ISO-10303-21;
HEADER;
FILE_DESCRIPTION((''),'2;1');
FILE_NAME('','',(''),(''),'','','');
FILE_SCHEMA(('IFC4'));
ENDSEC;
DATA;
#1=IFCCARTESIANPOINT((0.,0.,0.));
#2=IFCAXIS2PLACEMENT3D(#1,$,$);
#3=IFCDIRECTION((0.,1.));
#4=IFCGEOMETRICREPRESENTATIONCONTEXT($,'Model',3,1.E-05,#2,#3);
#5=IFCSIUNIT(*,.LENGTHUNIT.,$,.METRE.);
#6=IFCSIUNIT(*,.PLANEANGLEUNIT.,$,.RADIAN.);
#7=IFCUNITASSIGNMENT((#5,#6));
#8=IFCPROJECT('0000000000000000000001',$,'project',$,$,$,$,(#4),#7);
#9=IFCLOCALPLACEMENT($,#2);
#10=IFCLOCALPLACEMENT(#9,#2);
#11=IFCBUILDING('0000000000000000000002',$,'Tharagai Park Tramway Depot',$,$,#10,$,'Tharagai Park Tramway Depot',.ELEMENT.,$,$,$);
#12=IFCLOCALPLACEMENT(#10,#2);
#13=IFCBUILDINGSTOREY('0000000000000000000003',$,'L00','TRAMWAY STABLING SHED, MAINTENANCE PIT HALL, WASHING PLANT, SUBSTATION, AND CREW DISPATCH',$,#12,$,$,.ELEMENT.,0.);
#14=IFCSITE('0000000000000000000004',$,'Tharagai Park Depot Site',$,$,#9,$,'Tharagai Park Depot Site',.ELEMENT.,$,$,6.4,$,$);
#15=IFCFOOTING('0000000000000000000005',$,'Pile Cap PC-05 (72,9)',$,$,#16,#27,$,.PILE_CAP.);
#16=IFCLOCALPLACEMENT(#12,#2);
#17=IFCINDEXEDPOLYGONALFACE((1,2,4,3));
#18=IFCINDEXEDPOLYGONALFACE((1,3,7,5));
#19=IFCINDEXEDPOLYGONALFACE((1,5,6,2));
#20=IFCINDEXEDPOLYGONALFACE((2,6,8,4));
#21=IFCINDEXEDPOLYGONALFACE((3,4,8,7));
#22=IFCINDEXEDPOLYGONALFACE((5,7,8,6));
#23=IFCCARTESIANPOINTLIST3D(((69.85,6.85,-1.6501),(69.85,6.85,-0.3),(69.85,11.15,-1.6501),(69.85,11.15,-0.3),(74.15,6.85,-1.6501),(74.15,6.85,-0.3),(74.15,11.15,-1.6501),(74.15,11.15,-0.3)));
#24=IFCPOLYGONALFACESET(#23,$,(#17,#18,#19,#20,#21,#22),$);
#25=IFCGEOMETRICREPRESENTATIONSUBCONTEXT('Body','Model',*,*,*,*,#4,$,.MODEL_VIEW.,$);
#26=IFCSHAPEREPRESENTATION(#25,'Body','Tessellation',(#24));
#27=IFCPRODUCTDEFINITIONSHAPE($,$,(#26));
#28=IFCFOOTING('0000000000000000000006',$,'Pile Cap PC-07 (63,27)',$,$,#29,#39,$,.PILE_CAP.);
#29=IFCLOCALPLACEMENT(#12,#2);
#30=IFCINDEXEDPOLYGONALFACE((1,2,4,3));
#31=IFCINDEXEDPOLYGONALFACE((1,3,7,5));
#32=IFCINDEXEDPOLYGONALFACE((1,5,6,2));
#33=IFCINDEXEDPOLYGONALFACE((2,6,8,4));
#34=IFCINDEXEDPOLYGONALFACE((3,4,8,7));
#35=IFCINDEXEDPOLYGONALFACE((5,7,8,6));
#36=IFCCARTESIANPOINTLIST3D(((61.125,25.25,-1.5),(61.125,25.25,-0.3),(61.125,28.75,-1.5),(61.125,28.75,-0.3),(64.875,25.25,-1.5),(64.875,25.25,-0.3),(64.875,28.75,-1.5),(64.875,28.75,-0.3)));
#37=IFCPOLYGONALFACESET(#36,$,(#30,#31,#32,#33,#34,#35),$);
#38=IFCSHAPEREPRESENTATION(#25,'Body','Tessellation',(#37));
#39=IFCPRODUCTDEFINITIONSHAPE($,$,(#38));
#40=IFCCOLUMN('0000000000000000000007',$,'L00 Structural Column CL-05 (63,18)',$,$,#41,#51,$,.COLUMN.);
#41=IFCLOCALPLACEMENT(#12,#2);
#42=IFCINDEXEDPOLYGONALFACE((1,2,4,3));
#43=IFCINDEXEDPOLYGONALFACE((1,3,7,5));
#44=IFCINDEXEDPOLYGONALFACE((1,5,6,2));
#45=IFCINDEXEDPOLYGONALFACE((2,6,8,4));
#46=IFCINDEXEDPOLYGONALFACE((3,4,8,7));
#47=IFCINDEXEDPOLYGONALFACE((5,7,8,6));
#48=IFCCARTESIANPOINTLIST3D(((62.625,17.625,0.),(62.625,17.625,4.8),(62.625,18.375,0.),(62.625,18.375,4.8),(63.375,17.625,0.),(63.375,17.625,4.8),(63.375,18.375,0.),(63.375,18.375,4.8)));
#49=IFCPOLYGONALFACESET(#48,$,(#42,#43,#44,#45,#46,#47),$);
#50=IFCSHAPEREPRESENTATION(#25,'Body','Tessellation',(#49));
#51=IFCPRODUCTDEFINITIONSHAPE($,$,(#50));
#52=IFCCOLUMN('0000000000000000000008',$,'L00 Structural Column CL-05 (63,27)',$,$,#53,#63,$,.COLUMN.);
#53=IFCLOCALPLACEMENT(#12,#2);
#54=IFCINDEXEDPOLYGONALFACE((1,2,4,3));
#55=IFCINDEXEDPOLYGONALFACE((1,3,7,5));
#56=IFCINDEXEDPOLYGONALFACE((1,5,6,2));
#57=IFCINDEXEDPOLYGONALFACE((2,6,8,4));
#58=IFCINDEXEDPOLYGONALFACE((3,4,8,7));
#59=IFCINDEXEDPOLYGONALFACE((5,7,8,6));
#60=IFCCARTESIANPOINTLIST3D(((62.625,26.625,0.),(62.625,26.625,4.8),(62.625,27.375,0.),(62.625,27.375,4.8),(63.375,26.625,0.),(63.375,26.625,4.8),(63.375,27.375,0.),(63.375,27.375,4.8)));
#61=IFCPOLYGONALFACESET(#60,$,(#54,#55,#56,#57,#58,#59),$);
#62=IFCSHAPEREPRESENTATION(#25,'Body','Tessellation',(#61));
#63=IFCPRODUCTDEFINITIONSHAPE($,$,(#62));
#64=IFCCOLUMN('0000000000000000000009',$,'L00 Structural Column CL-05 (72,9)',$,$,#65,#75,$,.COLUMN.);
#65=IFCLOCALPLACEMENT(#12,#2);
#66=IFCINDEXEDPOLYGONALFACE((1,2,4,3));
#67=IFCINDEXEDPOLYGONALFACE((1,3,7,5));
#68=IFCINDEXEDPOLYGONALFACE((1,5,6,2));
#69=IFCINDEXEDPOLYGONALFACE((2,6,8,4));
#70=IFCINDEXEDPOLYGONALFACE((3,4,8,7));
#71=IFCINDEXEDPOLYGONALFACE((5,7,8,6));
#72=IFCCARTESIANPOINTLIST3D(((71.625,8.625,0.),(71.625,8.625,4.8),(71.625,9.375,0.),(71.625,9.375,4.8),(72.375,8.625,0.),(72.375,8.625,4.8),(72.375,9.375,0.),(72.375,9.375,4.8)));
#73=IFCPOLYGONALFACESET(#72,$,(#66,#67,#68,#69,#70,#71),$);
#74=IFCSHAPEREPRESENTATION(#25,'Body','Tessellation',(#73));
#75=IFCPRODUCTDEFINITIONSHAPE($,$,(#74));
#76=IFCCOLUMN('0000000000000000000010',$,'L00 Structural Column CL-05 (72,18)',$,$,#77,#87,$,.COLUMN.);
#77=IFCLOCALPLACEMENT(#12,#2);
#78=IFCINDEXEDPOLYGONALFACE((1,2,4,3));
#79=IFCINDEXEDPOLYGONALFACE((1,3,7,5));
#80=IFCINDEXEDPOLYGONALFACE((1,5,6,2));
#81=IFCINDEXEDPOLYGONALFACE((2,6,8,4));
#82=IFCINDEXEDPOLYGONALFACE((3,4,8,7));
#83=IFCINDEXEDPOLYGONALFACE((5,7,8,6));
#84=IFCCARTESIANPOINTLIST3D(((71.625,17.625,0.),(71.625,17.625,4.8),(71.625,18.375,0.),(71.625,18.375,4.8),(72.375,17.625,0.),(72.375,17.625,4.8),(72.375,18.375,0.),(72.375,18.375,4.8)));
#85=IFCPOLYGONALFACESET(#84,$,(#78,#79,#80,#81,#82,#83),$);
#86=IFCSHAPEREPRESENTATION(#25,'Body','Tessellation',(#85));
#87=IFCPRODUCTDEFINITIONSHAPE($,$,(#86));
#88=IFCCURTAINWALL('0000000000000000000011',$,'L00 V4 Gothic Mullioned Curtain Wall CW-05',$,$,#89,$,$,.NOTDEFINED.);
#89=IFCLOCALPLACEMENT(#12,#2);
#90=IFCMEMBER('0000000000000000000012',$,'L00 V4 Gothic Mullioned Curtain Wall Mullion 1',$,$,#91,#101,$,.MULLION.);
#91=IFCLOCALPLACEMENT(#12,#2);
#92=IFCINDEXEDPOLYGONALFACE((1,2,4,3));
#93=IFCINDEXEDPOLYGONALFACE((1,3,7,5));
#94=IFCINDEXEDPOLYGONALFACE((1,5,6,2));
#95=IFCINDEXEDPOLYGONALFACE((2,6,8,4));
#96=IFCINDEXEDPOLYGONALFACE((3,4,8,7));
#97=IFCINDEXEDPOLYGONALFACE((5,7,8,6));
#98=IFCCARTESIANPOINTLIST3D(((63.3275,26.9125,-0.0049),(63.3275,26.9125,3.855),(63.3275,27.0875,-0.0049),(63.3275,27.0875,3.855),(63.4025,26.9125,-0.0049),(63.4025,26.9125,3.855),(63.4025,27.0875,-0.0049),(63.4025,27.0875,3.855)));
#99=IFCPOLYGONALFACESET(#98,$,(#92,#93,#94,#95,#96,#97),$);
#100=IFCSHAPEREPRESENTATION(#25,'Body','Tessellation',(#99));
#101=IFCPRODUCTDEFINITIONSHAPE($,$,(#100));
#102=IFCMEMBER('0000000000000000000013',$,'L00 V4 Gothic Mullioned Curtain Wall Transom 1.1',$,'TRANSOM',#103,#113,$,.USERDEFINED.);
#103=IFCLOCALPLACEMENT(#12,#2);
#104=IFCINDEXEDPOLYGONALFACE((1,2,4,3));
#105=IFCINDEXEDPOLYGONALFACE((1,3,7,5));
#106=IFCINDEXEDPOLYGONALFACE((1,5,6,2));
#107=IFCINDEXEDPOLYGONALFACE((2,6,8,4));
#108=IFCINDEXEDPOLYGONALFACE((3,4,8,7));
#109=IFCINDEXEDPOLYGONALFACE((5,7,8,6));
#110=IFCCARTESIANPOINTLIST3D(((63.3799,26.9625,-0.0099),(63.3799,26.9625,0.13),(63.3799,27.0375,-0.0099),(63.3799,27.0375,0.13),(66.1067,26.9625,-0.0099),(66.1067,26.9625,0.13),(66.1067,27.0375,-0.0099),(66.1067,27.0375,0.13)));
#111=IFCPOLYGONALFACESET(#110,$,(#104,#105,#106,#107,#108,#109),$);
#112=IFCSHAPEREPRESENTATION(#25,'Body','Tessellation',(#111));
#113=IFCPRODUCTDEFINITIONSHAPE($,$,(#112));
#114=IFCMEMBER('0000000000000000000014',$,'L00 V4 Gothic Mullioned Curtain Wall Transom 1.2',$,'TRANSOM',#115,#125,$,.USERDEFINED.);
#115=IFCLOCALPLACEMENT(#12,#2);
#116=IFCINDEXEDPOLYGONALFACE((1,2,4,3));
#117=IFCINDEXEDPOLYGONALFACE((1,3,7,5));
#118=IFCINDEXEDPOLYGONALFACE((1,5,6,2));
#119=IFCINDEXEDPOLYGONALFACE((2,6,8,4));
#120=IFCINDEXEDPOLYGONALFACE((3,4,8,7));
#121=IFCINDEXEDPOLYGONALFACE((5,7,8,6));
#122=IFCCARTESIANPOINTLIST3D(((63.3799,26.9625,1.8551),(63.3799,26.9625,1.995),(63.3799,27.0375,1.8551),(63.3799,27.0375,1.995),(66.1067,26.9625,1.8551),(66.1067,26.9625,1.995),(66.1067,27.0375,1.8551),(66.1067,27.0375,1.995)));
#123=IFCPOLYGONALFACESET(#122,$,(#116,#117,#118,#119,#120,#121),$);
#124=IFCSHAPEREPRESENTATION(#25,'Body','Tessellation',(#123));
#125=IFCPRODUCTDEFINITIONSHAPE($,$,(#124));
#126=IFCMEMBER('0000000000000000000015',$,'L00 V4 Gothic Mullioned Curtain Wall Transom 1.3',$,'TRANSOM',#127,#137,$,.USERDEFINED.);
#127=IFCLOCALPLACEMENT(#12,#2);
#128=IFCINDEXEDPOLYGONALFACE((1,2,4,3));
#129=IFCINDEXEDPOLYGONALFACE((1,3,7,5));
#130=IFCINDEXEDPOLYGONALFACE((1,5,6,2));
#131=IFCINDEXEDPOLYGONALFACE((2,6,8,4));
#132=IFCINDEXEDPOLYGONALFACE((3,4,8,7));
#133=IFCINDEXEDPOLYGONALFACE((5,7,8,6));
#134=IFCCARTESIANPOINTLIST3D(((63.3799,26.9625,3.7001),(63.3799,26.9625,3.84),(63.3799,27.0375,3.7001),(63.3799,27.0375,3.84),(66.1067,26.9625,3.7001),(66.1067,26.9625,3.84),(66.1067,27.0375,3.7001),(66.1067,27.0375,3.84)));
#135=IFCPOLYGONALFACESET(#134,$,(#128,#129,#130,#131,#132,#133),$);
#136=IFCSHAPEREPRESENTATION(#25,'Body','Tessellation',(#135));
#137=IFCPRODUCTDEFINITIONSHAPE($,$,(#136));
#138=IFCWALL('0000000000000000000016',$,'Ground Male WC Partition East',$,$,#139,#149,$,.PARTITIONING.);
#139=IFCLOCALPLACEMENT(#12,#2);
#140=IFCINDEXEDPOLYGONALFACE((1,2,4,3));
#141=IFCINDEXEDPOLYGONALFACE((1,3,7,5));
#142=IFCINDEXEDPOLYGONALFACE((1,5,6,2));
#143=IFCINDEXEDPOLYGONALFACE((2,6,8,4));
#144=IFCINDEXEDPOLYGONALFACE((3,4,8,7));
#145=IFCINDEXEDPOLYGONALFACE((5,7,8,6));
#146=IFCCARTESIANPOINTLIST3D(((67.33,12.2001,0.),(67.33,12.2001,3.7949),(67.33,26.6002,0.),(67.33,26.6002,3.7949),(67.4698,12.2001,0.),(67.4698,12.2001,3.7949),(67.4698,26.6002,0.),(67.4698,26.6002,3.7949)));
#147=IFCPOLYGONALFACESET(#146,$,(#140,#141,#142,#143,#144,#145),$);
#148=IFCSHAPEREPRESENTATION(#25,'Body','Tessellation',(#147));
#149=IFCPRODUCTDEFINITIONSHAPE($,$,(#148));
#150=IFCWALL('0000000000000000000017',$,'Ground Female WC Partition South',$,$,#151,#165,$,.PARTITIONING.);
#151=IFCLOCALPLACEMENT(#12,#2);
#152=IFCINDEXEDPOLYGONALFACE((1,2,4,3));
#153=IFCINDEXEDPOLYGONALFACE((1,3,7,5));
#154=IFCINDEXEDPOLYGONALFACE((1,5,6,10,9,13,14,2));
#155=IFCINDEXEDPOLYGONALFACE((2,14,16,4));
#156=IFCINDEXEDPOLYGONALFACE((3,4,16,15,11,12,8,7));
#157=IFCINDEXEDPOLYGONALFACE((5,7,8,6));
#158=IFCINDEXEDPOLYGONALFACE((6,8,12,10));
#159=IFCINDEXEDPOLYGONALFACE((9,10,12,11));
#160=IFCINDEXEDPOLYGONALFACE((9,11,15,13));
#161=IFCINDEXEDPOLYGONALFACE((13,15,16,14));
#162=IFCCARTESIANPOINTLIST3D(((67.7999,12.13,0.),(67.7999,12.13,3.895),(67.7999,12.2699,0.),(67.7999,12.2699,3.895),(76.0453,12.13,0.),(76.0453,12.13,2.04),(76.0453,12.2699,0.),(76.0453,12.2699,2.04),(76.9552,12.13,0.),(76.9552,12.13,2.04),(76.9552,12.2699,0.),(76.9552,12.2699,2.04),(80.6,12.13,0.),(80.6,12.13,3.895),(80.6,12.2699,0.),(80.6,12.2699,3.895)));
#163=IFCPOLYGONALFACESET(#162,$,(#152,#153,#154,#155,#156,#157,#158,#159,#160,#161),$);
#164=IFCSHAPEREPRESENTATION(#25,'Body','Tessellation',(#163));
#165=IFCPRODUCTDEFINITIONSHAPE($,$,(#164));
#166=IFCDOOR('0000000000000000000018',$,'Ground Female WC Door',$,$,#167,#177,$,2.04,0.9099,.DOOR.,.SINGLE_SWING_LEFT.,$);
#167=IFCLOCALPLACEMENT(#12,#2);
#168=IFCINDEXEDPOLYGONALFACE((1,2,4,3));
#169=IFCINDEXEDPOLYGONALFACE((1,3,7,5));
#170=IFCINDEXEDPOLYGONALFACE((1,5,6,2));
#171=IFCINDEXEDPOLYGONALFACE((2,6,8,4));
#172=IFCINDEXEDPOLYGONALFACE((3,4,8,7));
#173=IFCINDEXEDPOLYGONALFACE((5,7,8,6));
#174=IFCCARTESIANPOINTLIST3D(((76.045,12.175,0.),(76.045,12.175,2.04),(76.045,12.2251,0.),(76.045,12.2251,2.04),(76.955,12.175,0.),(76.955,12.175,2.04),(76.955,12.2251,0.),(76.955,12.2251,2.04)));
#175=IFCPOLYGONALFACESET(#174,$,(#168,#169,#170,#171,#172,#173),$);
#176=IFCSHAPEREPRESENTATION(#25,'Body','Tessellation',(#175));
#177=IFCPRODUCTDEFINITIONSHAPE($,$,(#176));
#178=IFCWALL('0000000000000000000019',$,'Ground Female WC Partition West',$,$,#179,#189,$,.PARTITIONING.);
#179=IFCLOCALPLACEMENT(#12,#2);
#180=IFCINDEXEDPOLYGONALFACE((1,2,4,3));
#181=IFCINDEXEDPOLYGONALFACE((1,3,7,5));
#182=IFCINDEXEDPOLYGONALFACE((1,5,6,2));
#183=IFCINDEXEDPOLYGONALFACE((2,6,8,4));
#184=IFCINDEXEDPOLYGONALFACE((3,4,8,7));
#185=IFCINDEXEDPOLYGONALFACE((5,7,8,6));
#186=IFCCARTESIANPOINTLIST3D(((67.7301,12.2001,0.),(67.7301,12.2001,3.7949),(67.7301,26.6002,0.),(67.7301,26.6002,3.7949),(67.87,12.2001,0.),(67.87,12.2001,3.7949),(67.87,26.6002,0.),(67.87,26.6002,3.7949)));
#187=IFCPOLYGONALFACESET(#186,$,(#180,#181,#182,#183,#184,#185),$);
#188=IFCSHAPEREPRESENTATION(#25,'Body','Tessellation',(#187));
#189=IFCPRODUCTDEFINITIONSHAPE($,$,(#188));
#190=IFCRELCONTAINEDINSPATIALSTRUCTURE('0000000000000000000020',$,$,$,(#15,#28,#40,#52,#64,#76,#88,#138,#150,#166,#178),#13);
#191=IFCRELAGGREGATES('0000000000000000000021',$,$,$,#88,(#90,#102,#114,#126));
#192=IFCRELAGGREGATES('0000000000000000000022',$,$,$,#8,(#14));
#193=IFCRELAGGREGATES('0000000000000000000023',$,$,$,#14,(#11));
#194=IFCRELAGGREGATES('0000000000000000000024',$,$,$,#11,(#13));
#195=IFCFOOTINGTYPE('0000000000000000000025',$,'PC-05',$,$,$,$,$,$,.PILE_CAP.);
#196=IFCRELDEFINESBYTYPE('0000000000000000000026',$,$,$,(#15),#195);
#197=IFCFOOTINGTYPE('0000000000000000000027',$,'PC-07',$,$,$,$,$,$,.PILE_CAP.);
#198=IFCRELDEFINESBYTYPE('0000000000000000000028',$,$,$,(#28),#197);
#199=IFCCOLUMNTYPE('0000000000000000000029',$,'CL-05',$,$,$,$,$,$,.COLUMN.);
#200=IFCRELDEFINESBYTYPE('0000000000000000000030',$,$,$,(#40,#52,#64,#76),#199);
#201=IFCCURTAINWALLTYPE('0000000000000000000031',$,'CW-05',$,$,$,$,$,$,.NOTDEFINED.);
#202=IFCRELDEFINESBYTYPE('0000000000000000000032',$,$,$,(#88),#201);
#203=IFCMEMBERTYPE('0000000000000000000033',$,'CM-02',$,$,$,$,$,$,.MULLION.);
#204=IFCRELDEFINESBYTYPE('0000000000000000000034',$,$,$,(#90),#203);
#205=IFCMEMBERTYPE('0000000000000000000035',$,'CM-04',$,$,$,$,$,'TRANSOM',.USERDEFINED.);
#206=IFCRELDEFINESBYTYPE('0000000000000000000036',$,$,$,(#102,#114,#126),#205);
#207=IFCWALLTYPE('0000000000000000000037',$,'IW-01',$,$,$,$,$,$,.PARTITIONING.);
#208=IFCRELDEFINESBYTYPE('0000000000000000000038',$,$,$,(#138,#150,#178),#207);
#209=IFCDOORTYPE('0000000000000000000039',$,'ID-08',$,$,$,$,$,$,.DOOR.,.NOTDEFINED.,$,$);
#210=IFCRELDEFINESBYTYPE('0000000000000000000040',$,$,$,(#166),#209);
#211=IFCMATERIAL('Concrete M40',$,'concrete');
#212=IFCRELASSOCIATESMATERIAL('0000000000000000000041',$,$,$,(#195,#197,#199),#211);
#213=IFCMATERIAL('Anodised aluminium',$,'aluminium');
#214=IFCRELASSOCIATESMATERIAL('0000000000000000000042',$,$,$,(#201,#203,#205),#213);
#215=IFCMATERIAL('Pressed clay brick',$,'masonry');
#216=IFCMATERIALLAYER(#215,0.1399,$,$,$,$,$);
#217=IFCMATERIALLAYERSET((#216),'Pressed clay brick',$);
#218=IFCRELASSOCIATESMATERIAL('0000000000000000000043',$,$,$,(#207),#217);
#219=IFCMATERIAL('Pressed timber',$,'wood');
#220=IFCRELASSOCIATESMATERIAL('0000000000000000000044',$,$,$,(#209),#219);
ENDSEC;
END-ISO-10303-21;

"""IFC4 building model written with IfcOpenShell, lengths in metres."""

from ifc_helpers import new_model, si_unit, direction, frame, frame_2d, origin, origin_2d, place, context, subcontext, project, spatial, rectangle, extrude, material, layer, layer_set, material_profile, profile_set, type_object, element, fill, aggregate, save


model = new_model("IFC4")

# Units and contexts
model_context = context("Model", 3, precision=1e-05, world=origin(), true_north=direction((0.0, 1.0)))
body_context = subcontext(model_context, "Body", "Model", "MODEL_VIEW")
ifc_project = project(units=[si_unit("LENGTHUNIT", "METRE"), si_unit("PLANEANGLEUNIT", "RADIAN")], contexts=[model_context])

# Site, building, storey
site_placement = place(None, origin())
site = spatial("IfcSite", under=ifc_project, at=site_placement, Name="Tharagai Park Depot Site", LongName="Tharagai Park Depot Site", CompositionType="ELEMENT", RefElevation=6.4)
building_placement = place(site_placement, origin())
building = spatial("IfcBuilding", under=site, at=building_placement, Name="Tharagai Park Tramway Depot", LongName="Tharagai Park Tramway Depot", CompositionType="ELEMENT")
storey_placement = place(building_placement, origin())
storey = spatial("IfcBuildingStorey", under=building, at=storey_placement, Name="L00", Description="TRAMWAY STABLING SHED, MAINTENANCE PIT HALL, WASHING PLANT, SUBSTATION, AND CREW DISPATCH", CompositionType="ELEMENT", Elevation=0.0)

# Shared definitions
ifc_material_1 = material(Name="Concrete M40", Category="concrete")

# Footings
footing_type_1 = type_object("IfcFootingType", Name="PC-05", PredefinedType="PILE_CAP", material=ifc_material_1)
for number, where, z_axis, x_axis, name in (
    (1, (72.0, 9.0, -1.6501), (0.0, 0.0, 1.0), (1.0, 0.0, 0.0), "Pile Cap PC-05 (72,9)"),
):
    element("IfcFooting", number, at=place(storey_placement, frame(where, z_axis=z_axis, x_axis=x_axis)), inside=storey, type_object=footing_type_1, Name=name, PredefinedType="PILE_CAP", context=body_context, shape_type="SweptSolid", body=[
        extrude(rectangle(XDim=4.3, YDim=4.3, at=origin_2d()), origin(), (0.0, 0.0, 1.0), 1.3501),
    ])
footing_type_2 = type_object("IfcFootingType", Name="PC-07", PredefinedType="PILE_CAP", material=ifc_material_1)
footing_1_placement = place(storey_placement, frame((63.0, 27.0, -1.5), z_axis=(0.0, 0.0, 1.0), x_axis=(1.0, 0.0, 0.0)))
element("IfcFooting", 2, at=footing_1_placement, inside=storey, type_object=footing_type_2, Name="Pile Cap PC-07 (63,27)", PredefinedType="PILE_CAP", context=body_context, shape_type="SweptSolid", body=[
    extrude(rectangle(XDim=3.75, YDim=3.5, at=origin_2d()), origin(), (0.0, 0.0, 1.0), 1.2),
])

# Columns
ifc_material_profile_1 = material_profile(ifc_material_1, rectangle(XDim=0.75, YDim=0.75, at=origin_2d()), Name="RC 750x750")
ifc_profile_set_1 = profile_set([ifc_material_profile_1], Name="Concrete M40")
column_type = type_object("IfcColumnType", Name="CL-05", PredefinedType="COLUMN", material=ifc_profile_set_1)
for number, where, z_axis, x_axis, name in (
    (3, (63.0, 18.0, 0.0), (0.0, 0.0, 1.0), (1.0, 0.0, 0.0), "L00 Structural Column CL-05 (63,18)"),
    (4, (63.0, 27.0, 0.0), (0.0, 0.0, 1.0), (1.0, 0.0, 0.0), "L00 Structural Column CL-05 (63,27)"),
    (5, (72.0, 9.0, 0.0), (0.0, 0.0, 1.0), (1.0, 0.0, 0.0), "L00 Structural Column CL-05 (72,9)"),
    (6, (72.0, 18.0, 0.0), (0.0, 0.0, 1.0), (1.0, 0.0, 0.0), "L00 Structural Column CL-05 (72,18)"),
):
    element("IfcColumn", number, at=place(storey_placement, frame(where, z_axis=z_axis, x_axis=x_axis)), inside=storey, type_object=column_type, Name=name, PredefinedType="COLUMN", context=body_context, shape_type="SweptSolid", body=[
        extrude(rectangle(XDim=0.75, YDim=0.75, at=origin_2d()), origin(), (0.0, 0.0, 1.0), 4.8),
    ])

# Curtain wall, members
ifc_material_2 = material(Name="Anodised aluminium", Category="aluminium")
curtain_wall_type = type_object("IfcCurtainWallType", Name="CW-05", PredefinedType="NOTDEFINED", material=ifc_material_2)
curtain_wall_placement = place(storey_placement, origin())
curtain_wall = element("IfcCurtainWall", 7, at=curtain_wall_placement, inside=storey, type_object=curtain_wall_type, Name="L00 V4 Gothic Mullioned Curtain Wall CW-05", PredefinedType="NOTDEFINED")
ifc_material_profile_2 = material_profile(ifc_material_2, rectangle(XDim=0.075, YDim=0.175, at=origin_2d()), Name="ALU 75x175")
ifc_profile_set_2 = profile_set([ifc_material_profile_2], Name="Anodised aluminium")
member_type_1 = type_object("IfcMemberType", Name="CM-02", PredefinedType="MULLION", material=ifc_profile_set_2)
member_1_placement = place(storey_placement, frame((63.365, 27.0, -0.0049), z_axis=(0.0, 0.0, 1.0), x_axis=(1.0, 0.0, 0.0)))
member_1 = element("IfcMember", 8, at=member_1_placement, type_object=member_type_1, Name="L00 V4 Gothic Mullioned Curtain Wall Mullion 1", PredefinedType="MULLION", context=body_context, shape_type="SweptSolid", body=[
    extrude(rectangle(XDim=0.075, YDim=0.175, at=origin_2d()), origin(), (0.0, 0.0, 1.0), 3.8599),
])
ifc_material_profile_3 = material_profile(ifc_material_2, rectangle(XDim=0.075, YDim=0.1399, at=origin_2d()), Name="ALU 75x140")
ifc_profile_set_3 = profile_set([ifc_material_profile_3], Name="Anodised aluminium")
member_type_2 = type_object("IfcMemberType", Name="CM-04", ElementType="TRANSOM", PredefinedType="USERDEFINED", material=ifc_profile_set_3)
member_2_placement = place(storey_placement, frame((63.3799, 27.0, 0.0601), z_axis=(1.0, 0.0, 0.0), x_axis=(0.0, 1.0, 0.0)))
member_2 = element("IfcMember", 9, at=member_2_placement, type_object=member_type_2, Name="L00 V4 Gothic Mullioned Curtain Wall Transom 1.1", ObjectType="TRANSOM", PredefinedType="USERDEFINED", context=body_context, shape_type="SweptSolid", body=[
    extrude(rectangle(XDim=0.075, YDim=0.1399, at=origin_2d()), origin(), (0.0, 0.0, 1.0), 2.7268),
])
member_3_placement = place(storey_placement, frame((63.3799, 27.0, 1.925), z_axis=(1.0, 0.0, 0.0), x_axis=(0.0, 1.0, 0.0)))
member_3 = element("IfcMember", 10, at=member_3_placement, type_object=member_type_2, Name="L00 V4 Gothic Mullioned Curtain Wall Transom 1.2", ObjectType="TRANSOM", PredefinedType="USERDEFINED", context=body_context, shape_type="SweptSolid", body=[
    extrude(rectangle(XDim=0.075, YDim=0.1399, at=origin_2d()), origin(), (0.0, 0.0, 1.0), 2.7268),
])
member_4_placement = place(storey_placement, frame((63.3799, 27.0, 3.77), z_axis=(1.0, 0.0, 0.0), x_axis=(0.0, 1.0, 0.0)))
member_4 = element("IfcMember", 11, at=member_4_placement, type_object=member_type_2, Name="L00 V4 Gothic Mullioned Curtain Wall Transom 1.3", ObjectType="TRANSOM", PredefinedType="USERDEFINED", context=body_context, shape_type="SweptSolid", body=[
    extrude(rectangle(XDim=0.075, YDim=0.1399, at=origin_2d()), origin(), (0.0, 0.0, 1.0), 2.7268),
])
aggregate(curtain_wall, [member_1, member_2, member_3, member_4])

# Wall
ifc_material_3 = material(Name="Pressed clay brick", Category="masonry")
ifc_layer = layer(ifc_material_3, 0.1399)
ifc_layer_set = layer_set([ifc_layer], Name="Pressed clay brick")
wall_type = type_object("IfcWallType", Name="IW-01", PredefinedType="PARTITIONING", material=ifc_layer_set)
wall_1_placement = place(storey_placement, frame((67.3999, 12.2, 0.0), z_axis=(0.0, 0.0, 1.0), x_axis=(0.0, 1.0, 0.0)))
element("IfcWall", 12, at=wall_1_placement, inside=storey, type_object=wall_type, Name="Ground Male WC Partition East", PredefinedType="PARTITIONING", context=body_context, shape_type="SweptSolid", body=[
    extrude(rectangle(XDim=14.4001, YDim=0.1399, at=frame_2d((7.2002, 0.0))), origin(), (0.0, 0.0, 1.0), 3.7949),
])

# Wall, opening, door
wall_2_placement = place(storey_placement, frame((67.8, 12.2, 0.0), z_axis=(0.0, 0.0, 1.0), x_axis=(1.0, 0.0, 0.0)))
wall_2 = element("IfcWall", 13, at=wall_2_placement, inside=storey, type_object=wall_type, Name="Ground Female WC Partition South", PredefinedType="PARTITIONING", context=body_context, shape_type="SweptSolid", body=[
    extrude(rectangle(XDim=12.8, YDim=0.1399, at=frame_2d((6.3999, 0.0))), origin(), (0.0, 0.0, 1.0), 3.895),
])
opening_placement = place(wall_2_placement, frame((8.2451, 0.0, 0.0)))
opening = element("IfcOpeningElement", 14, at=opening_placement, cuts=wall_2, PredefinedType="OPENING", context=body_context, shape_type="SweptSolid", body=[
    extrude(rectangle(XDim=0.9099, YDim=2.04, at=frame_2d((0.4551, 1.02))), frame((0.0, 0.0798, 0.0), z_axis=(0.0, -1.0, 0.0), x_axis=(1.0, 0.0, 0.0)), (0.0, 0.0, 1.0), 0.1599),
])
ifc_material_4 = material(Name="Pressed timber", Category="wood")
door_type = type_object("IfcDoorType", Name="ID-08", OperationType="NOTDEFINED", PredefinedType="DOOR", material=ifc_material_4)
door_placement = place(opening_placement, frame((0.9099, 0.0, 0.0), z_axis=(0.0, 0.0, 1.0), x_axis=(-1.0, 0.0, 0.0)))
door = element("IfcDoor", 15, at=door_placement, inside=storey, type_object=door_type, Name="Ground Female WC Door", OperationType="SINGLE_SWING_LEFT", OverallHeight=2.04, OverallWidth=0.9099, PredefinedType="DOOR", context=body_context, shape_type="SweptSolid", body=[
    extrude(rectangle(XDim=0.9099, YDim=2.04, at=frame_2d((0.4551, 1.02))), frame((0.0, 0.0249, 0.0), z_axis=(0.0, -1.0, 0.0), x_axis=(1.0, 0.0, 0.0)), (0.0, 0.0, 1.0), 0.05),
])
fill(opening, door)

# Wall
wall_3_placement = place(storey_placement, frame((67.8, 12.2, 0.0), z_axis=(0.0, 0.0, 1.0), x_axis=(0.0, 1.0, 0.0)))
element("IfcWall", 16, at=wall_3_placement, inside=storey, type_object=wall_type, Name="Ground Female WC Partition West", PredefinedType="PARTITIONING", context=body_context, shape_type="SweptSolid", body=[
    extrude(rectangle(XDim=14.4001, YDim=0.1399, at=frame_2d((7.2002, 0.0))), origin(), (0.0, 0.0, 1.0), 3.7949),
])

save(model, "model.ifc")
